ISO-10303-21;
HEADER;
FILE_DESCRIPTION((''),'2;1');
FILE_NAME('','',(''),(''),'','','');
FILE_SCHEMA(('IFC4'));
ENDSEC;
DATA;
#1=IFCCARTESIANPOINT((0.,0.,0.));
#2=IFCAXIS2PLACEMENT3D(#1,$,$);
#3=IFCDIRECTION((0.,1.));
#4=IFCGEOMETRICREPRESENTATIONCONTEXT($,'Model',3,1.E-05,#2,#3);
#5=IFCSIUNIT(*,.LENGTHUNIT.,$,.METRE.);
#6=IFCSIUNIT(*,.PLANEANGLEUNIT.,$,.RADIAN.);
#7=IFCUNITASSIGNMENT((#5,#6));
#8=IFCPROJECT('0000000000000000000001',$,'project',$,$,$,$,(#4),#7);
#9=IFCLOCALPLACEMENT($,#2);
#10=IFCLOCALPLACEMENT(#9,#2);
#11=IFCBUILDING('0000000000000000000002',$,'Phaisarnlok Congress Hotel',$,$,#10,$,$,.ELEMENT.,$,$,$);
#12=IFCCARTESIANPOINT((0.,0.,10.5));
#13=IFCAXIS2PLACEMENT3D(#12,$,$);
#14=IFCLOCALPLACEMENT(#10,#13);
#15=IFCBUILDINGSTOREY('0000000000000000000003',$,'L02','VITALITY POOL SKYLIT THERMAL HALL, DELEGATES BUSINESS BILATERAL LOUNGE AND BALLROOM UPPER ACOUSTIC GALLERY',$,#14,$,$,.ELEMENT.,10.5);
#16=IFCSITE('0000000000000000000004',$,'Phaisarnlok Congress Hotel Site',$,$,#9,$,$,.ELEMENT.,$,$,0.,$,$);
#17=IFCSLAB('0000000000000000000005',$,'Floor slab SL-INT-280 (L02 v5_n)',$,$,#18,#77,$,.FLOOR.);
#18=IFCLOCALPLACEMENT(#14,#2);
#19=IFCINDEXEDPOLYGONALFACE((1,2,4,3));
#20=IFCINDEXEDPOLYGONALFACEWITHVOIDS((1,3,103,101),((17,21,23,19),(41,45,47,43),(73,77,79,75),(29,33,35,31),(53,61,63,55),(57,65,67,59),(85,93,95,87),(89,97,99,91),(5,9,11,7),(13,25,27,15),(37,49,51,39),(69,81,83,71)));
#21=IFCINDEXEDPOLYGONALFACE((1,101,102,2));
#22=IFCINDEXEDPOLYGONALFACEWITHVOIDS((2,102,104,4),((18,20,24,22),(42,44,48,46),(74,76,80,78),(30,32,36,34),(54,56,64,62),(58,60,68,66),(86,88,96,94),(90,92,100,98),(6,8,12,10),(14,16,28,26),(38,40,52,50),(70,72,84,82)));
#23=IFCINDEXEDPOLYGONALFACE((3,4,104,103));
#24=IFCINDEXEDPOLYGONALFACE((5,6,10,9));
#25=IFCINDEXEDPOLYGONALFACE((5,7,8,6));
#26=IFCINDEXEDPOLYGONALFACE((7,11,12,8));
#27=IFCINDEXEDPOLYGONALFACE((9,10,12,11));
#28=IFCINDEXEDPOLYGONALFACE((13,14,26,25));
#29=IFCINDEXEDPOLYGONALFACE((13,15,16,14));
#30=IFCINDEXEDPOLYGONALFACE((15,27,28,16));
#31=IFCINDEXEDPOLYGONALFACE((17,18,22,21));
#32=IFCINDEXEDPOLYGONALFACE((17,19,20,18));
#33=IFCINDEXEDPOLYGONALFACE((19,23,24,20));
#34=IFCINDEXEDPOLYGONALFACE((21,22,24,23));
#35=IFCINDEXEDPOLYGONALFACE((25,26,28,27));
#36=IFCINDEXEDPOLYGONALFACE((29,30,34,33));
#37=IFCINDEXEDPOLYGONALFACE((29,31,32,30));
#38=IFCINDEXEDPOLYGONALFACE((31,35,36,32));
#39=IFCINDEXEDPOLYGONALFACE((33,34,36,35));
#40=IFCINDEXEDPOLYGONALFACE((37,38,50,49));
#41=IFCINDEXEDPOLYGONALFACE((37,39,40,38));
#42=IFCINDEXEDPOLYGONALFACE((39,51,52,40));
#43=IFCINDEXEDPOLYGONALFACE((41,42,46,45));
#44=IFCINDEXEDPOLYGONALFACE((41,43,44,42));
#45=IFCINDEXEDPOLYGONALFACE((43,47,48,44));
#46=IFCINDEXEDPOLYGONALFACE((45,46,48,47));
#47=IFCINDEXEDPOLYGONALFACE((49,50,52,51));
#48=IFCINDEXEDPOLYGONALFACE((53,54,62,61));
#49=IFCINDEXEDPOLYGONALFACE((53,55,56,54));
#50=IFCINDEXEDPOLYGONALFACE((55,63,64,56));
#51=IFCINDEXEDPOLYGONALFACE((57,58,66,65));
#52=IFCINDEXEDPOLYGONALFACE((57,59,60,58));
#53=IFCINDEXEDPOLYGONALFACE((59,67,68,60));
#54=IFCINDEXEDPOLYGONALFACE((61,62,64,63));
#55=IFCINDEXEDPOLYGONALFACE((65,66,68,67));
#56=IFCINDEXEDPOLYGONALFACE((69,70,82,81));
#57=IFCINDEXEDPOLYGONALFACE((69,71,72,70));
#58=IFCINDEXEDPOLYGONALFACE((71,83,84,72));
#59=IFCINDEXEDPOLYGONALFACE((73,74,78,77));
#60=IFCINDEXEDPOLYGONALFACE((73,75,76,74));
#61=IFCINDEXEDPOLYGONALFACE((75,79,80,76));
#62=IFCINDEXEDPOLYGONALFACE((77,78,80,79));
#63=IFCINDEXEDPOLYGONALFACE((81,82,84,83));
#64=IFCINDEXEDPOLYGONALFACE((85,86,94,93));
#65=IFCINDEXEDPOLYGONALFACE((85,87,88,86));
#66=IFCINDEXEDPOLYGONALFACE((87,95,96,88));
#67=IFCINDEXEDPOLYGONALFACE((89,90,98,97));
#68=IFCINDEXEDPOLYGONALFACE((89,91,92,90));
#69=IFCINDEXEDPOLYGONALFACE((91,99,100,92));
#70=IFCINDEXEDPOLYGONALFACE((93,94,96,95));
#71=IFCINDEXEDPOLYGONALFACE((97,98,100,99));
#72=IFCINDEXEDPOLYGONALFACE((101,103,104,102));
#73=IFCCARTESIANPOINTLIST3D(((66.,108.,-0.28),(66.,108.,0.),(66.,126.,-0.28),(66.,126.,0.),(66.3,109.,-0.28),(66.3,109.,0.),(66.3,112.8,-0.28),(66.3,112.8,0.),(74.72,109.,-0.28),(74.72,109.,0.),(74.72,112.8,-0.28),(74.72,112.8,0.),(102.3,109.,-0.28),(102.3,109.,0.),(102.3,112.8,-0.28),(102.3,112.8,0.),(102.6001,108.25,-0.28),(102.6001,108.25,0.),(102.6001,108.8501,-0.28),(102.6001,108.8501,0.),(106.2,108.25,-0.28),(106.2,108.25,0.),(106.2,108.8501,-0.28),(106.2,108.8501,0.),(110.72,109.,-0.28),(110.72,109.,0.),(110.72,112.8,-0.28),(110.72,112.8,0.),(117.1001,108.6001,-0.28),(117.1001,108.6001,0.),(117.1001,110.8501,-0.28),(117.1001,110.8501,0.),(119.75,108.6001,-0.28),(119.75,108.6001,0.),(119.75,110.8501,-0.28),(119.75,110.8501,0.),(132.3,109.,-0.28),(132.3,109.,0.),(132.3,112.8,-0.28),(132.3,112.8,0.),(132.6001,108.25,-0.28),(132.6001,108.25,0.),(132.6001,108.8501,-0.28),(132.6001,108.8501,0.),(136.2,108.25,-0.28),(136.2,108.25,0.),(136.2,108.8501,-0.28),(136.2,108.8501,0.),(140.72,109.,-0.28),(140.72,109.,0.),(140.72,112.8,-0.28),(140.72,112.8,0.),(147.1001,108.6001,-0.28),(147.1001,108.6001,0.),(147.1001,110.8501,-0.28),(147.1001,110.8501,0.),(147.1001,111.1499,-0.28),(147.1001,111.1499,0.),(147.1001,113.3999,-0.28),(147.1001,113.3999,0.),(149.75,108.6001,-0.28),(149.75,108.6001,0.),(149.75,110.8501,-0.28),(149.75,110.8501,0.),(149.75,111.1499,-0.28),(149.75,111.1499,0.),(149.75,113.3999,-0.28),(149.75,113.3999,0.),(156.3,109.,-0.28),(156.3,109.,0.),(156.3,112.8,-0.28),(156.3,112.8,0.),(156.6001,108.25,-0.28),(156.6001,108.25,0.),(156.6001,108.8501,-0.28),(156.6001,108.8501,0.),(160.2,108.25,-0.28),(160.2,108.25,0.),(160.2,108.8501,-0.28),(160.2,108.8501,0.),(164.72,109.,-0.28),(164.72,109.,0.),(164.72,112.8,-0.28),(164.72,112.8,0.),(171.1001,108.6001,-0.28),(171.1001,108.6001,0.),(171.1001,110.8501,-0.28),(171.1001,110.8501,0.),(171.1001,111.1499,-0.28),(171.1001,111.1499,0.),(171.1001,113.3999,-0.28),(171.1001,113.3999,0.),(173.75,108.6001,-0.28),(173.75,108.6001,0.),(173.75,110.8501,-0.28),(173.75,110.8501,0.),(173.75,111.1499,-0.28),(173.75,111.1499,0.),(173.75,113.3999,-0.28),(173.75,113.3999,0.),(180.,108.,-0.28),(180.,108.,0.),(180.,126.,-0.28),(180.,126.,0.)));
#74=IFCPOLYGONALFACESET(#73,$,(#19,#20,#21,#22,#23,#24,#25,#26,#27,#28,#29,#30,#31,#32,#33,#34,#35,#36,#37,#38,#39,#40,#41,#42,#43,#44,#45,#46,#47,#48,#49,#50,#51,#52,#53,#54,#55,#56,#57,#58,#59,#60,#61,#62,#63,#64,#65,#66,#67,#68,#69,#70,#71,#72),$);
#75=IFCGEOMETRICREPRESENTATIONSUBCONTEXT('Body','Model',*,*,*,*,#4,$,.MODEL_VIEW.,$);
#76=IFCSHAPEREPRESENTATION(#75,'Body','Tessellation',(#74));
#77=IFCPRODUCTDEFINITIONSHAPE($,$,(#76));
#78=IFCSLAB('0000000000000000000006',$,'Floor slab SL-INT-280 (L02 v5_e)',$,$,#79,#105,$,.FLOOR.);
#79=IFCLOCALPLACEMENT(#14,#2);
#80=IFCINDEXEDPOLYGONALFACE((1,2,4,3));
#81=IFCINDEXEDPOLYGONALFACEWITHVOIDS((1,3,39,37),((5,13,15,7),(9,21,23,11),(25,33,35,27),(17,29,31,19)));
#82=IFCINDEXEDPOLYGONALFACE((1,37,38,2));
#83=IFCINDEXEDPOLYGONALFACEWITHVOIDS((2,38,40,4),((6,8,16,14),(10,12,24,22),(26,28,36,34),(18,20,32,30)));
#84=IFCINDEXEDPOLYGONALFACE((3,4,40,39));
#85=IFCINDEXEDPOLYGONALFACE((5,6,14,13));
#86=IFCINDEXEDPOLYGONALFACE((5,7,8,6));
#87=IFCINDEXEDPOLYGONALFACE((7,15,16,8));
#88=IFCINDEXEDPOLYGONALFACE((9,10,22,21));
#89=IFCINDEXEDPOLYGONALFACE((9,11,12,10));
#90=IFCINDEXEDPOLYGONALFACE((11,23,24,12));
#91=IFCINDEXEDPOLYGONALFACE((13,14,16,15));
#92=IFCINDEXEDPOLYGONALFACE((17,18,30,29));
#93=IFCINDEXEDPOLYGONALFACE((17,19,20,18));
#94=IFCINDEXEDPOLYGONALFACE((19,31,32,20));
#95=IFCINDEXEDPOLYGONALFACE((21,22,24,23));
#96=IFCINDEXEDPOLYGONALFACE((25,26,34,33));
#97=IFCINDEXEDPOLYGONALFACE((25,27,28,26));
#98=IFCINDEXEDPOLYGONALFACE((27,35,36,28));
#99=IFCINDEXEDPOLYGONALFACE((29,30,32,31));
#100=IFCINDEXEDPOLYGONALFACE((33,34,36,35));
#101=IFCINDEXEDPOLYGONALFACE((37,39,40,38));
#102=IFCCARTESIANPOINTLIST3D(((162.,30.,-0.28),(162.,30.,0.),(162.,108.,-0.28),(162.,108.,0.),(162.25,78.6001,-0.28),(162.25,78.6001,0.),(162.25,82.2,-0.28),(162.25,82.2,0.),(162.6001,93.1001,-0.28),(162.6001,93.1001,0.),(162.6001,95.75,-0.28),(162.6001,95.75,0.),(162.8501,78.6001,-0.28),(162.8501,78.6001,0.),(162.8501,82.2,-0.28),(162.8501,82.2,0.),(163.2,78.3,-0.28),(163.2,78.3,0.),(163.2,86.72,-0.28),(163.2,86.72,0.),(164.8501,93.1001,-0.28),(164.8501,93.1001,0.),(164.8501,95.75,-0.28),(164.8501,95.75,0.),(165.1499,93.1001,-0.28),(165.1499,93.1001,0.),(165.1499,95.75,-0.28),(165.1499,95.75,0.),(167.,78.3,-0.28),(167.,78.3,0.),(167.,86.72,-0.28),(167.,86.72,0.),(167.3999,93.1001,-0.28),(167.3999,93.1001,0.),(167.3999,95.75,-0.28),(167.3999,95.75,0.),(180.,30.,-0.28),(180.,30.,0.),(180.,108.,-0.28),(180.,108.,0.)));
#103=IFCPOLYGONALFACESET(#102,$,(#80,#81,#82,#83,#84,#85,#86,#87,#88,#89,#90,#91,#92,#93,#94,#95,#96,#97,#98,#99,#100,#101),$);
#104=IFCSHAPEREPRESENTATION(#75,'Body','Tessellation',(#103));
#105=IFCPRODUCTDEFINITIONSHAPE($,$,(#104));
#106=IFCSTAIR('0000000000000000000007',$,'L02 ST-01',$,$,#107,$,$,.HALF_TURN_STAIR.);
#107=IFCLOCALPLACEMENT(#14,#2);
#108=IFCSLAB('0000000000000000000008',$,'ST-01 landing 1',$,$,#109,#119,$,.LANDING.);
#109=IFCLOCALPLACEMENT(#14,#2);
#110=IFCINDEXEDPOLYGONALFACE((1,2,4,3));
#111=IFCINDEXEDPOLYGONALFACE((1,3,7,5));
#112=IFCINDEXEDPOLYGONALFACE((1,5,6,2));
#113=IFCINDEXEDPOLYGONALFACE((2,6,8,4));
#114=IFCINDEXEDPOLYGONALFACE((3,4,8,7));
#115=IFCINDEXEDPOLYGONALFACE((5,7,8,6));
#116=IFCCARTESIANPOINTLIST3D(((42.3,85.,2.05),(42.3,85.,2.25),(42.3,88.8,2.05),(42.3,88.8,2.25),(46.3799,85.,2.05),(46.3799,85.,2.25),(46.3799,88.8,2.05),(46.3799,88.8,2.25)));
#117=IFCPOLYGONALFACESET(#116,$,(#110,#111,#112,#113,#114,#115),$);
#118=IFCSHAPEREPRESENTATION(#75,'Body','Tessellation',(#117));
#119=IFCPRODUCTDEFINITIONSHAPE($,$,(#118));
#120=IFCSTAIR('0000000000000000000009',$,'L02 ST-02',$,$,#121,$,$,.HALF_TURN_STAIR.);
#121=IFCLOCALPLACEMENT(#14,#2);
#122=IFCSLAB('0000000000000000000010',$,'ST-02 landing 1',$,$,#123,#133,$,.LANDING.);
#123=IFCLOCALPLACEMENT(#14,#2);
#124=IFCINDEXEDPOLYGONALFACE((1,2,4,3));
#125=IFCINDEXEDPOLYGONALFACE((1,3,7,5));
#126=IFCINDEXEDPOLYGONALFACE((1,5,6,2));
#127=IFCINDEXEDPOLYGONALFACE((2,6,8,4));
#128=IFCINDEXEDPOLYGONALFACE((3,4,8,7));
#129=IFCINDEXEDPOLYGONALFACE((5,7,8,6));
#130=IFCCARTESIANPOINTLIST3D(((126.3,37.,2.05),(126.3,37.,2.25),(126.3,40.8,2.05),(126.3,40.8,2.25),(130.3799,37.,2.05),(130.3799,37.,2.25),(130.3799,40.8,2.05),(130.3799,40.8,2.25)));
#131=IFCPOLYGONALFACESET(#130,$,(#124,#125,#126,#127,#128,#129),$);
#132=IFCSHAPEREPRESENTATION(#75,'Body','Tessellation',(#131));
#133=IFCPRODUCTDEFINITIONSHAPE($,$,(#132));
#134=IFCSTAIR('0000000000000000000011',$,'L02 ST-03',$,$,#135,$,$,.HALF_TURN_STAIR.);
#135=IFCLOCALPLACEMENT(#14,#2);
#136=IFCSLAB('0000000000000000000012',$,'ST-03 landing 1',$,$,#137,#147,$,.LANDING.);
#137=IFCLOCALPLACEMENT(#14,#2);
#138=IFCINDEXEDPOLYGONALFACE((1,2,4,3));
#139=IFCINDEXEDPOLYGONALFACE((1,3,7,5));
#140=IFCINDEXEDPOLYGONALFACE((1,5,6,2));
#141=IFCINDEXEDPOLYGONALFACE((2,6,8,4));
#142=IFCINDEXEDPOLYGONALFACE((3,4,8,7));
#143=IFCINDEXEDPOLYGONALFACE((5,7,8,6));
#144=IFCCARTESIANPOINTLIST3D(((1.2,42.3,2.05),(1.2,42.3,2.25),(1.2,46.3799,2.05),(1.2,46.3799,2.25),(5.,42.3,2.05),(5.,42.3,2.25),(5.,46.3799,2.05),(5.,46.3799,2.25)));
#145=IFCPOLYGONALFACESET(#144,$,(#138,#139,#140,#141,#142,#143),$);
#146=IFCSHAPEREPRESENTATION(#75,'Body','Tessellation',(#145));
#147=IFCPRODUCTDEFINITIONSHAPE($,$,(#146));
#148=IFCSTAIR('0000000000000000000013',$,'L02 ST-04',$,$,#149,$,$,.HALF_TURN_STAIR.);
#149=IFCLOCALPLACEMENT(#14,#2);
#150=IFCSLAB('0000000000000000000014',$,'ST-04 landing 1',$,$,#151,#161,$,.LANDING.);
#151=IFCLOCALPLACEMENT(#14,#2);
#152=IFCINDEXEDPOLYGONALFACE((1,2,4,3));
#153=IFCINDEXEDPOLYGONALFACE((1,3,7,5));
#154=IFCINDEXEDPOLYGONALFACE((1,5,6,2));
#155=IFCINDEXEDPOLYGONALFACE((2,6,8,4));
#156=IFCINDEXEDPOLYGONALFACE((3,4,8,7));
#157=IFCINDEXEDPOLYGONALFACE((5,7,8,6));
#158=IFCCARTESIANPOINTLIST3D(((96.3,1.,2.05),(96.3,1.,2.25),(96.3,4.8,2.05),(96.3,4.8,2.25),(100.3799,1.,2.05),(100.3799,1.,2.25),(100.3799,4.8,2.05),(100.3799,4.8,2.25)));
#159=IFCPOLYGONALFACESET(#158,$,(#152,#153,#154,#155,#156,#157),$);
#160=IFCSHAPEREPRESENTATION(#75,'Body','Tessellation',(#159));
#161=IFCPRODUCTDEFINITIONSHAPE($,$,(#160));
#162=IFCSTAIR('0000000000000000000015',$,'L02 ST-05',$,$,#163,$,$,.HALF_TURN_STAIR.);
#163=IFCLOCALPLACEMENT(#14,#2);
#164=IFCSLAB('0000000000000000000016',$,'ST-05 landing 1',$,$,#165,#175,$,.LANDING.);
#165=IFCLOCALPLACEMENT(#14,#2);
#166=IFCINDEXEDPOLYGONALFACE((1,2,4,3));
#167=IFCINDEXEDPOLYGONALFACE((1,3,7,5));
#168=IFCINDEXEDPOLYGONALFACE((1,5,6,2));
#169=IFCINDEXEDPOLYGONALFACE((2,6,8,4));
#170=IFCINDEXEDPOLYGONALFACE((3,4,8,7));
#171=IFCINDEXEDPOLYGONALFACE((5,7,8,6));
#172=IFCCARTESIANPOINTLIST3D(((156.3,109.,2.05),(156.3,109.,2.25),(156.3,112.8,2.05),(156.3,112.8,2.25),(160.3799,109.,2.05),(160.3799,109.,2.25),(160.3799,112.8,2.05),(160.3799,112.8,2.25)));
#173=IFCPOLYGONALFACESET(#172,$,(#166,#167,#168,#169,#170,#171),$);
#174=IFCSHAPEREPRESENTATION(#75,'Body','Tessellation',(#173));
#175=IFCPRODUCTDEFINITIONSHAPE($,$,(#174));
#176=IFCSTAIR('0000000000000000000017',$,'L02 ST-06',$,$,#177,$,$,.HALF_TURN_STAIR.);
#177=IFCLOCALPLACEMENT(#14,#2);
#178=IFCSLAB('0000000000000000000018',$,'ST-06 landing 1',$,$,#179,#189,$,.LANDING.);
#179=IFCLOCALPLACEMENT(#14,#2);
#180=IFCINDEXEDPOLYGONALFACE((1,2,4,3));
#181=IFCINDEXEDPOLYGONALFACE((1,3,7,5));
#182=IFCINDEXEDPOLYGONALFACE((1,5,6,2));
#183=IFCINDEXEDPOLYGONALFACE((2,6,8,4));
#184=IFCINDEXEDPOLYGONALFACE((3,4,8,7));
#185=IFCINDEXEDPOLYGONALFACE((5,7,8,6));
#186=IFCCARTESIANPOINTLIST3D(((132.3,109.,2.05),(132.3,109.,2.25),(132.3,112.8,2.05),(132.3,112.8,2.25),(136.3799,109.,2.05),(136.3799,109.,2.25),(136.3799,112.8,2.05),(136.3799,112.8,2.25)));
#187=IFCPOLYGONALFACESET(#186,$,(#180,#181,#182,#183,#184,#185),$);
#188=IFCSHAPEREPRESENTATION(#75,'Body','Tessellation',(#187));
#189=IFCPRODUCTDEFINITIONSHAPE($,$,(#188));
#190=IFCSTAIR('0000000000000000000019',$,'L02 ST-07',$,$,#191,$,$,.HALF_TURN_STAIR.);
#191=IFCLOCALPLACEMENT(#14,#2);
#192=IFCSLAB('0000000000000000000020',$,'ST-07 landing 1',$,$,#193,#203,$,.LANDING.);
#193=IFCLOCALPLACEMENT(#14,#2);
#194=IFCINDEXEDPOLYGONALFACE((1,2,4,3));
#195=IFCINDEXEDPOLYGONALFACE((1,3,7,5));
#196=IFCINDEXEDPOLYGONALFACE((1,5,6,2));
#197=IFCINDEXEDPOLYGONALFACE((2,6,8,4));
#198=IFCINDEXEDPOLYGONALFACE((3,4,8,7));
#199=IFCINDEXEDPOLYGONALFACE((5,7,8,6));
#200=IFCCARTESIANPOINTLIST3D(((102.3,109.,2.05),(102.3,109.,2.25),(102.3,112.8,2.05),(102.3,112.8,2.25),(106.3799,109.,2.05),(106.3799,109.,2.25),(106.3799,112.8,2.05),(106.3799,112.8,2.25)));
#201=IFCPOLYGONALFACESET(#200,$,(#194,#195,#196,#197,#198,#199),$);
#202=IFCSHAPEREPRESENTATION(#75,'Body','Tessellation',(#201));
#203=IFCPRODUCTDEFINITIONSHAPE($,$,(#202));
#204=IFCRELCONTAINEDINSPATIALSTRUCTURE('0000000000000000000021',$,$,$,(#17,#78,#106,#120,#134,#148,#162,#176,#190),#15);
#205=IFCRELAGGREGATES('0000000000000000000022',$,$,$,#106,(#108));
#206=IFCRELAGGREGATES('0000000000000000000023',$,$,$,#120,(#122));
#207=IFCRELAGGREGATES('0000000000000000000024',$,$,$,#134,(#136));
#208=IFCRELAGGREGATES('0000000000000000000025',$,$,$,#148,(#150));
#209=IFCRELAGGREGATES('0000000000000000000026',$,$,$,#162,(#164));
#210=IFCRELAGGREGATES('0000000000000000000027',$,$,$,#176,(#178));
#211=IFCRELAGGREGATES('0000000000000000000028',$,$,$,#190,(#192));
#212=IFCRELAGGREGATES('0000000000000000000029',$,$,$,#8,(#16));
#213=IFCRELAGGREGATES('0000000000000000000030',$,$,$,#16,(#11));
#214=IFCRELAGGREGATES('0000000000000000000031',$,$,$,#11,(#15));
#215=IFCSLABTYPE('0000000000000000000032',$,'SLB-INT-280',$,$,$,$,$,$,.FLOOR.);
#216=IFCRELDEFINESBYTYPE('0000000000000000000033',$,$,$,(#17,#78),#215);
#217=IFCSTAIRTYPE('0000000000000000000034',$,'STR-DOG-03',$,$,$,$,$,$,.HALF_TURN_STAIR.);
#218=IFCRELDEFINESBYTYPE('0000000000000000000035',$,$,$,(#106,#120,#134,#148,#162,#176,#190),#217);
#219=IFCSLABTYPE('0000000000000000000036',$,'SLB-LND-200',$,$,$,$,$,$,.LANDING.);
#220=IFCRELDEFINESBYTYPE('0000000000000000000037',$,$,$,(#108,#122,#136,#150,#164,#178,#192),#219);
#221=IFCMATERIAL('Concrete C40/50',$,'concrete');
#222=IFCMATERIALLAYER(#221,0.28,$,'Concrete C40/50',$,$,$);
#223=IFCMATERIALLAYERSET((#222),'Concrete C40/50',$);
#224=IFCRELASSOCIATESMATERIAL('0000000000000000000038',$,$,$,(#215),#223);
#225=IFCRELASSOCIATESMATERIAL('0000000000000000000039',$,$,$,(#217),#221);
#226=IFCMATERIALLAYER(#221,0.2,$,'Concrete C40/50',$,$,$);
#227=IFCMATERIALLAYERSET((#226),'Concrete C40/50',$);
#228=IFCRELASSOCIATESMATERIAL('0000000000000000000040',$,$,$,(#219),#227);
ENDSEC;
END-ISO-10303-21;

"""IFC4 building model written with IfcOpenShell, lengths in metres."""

from ifc_helpers import new_model, si_unit, direction, frame, origin, place, context, subcontext, project, spatial, polyline, outline, extrude, material, layer, layer_set, type_object, element, aggregate, save


model = new_model("IFC4")

# Units and contexts
model_context = context("Model", 3, precision=1e-05, world=origin(), true_north=direction((0.0, 1.0)))
body_context = subcontext(model_context, "Body", "Model", "MODEL_VIEW")
ifc_project = project(units=[si_unit("LENGTHUNIT", "METRE"), si_unit("PLANEANGLEUNIT", "RADIAN")], contexts=[model_context])

# Site, building, storey
site_placement = place(None, origin())
site = spatial("IfcSite", under=ifc_project, at=site_placement, Name="Phaisarnlok Congress Hotel Site", CompositionType="ELEMENT", RefElevation=0.0)
building_placement = place(site_placement, origin())
building = spatial("IfcBuilding", under=site, at=building_placement, Name="Phaisarnlok Congress Hotel", CompositionType="ELEMENT")
storey_placement = place(building_placement, frame((0.0, 0.0, 10.5)))
storey = spatial("IfcBuildingStorey", under=building, at=storey_placement, Name="L02", Description="VITALITY POOL SKYLIT THERMAL HALL, DELEGATES BUSINESS BILATERAL LOUNGE AND BALLROOM UPPER ACOUSTIC GALLERY", CompositionType="ELEMENT", Elevation=10.5)

# Slabs
ifc_material_1 = material(Name="Concrete C40/50", Category="concrete")
ifc_layer_1 = layer(ifc_material_1, 0.28, Name="Concrete C40/50")
ifc_layer_set_1 = layer_set([ifc_layer_1], Name="Concrete C40/50")
slab_type_1 = type_object("IfcSlabType", Name="SLB-INT-280", PredefinedType="FLOOR", material=ifc_layer_set_1)
slab_1_placement = place(storey_placement, frame((0.0, 0.0, -0.28)))
element("IfcSlab", 1, at=slab_1_placement, inside=storey, type_object=slab_type_1, Name="Floor slab SL-INT-280 (L02 v5_n)", PredefinedType="FLOOR", context=body_context, shape_type="SweptSolid", body=[
    extrude(outline(polyline([(180.0, 108.0), (180.0, 126.0), (66.0, 126.0), (66.0, 108.0), (180.0, 108.0)]), holes=[polyline([(164.72, 112.8), (156.3, 112.8), (156.3, 109.0), (164.72, 109.0), (164.72, 112.8)]), polyline([(140.72, 112.8), (132.3, 112.8), (132.3, 109.0), (140.72, 109.0), (140.72, 112.8)]), polyline([(110.72, 112.8), (102.3, 112.8), (102.3, 109.0), (110.72, 109.0), (110.72, 112.8)]), polyline([(74.72, 112.8), (66.3, 112.8), (66.3, 109.0), (74.72, 109.0), (74.72, 112.8)]), polyline([(173.75, 108.6001), (173.75, 110.8501), (171.1001, 110.8501), (171.1001, 108.6001), (173.75, 108.6001)]), polyline([(173.75, 111.1499), (173.75, 113.3999), (171.1001, 113.3999), (171.1001, 111.1499), (173.75, 111.1499)]), polyline([(160.2, 108.25), (160.2, 108.8501), (156.6001, 108.8501), (156.6001, 108.25), (160.2, 108.25)]), polyline([(149.75, 108.6001), (149.75, 110.8501), (147.1001, 110.8501), (147.1001, 108.6001), (149.75, 108.6001)]), polyline([(149.75, 111.1499), (149.75, 113.3999), (147.1001, 113.3999), (147.1001, 111.1499), (149.75, 111.1499)]), polyline([(136.2, 108.25), (136.2, 108.8501), (132.6001, 108.8501), (132.6001, 108.25), (136.2, 108.25)]), polyline([(119.75, 108.6001), (119.75, 110.8501), (117.1001, 110.8501), (117.1001, 108.6001), (119.75, 108.6001)]), polyline([(106.2, 108.25), (106.2, 108.8501), (102.6001, 108.8501), (102.6001, 108.25), (106.2, 108.25)])]), origin(), (0.0, 0.0, 1.0), 0.28),
])
slab_2_placement = place(storey_placement, frame((0.0, 0.0, -0.28)))
element("IfcSlab", 2, at=slab_2_placement, inside=storey, type_object=slab_type_1, Name="Floor slab SL-INT-280 (L02 v5_e)", PredefinedType="FLOOR", context=body_context, shape_type="SweptSolid", body=[
    extrude(outline(polyline([(180.0, 30.0), (180.0, 108.0), (162.0, 108.0), (162.0, 30.0), (180.0, 30.0)]), holes=[polyline([(163.2, 86.72), (163.2, 78.3), (167.0, 78.3), (167.0, 86.72), (163.2, 86.72)]), polyline([(164.8501, 93.1001), (164.8501, 95.75), (162.6001, 95.75), (162.6001, 93.1001), (164.8501, 93.1001)]), polyline([(167.3999, 93.1001), (167.3999, 95.75), (165.1499, 95.75), (165.1499, 93.1001), (167.3999, 93.1001)]), polyline([(162.8501, 78.6001), (162.8501, 82.2), (162.25, 82.2), (162.25, 78.6001), (162.8501, 78.6001)])]), origin(), (0.0, 0.0, 1.0), 0.28),
])

# Stairs, slabs
stair_type = type_object("IfcStairType", Name="STR-DOG-03", PredefinedType="HALF_TURN_STAIR", material=ifc_material_1)
stair_1_placement = place(storey_placement, origin())
stair_1 = element("IfcStair", 3, at=stair_1_placement, inside=storey, type_object=stair_type, Name="L02 ST-01", PredefinedType="HALF_TURN_STAIR")
ifc_layer_2 = layer(ifc_material_1, 0.2, Name="Concrete C40/50")
ifc_layer_set_2 = layer_set([ifc_layer_2], Name="Concrete C40/50")
slab_type_2 = type_object("IfcSlabType", Name="SLB-LND-200", PredefinedType="LANDING", material=ifc_layer_set_2)
slab_3_placement = place(storey_placement, frame((0.0, 0.0, 2.05)))
slab_3 = element("IfcSlab", 4, at=slab_3_placement, type_object=slab_type_2, Name="ST-01 landing 1", PredefinedType="LANDING", context=body_context, shape_type="SweptSolid", body=[
    extrude(outline(polyline([(46.3799, 88.8), (42.3, 88.8), (42.3, 85.0), (46.3799, 85.0), (46.3799, 88.8)])), origin(), (0.0, 0.0, 1.0), 0.2),
])
aggregate(stair_1, [slab_3])
stair_2_placement = place(storey_placement, origin())
stair_2 = element("IfcStair", 5, at=stair_2_placement, inside=storey, type_object=stair_type, Name="L02 ST-02", PredefinedType="HALF_TURN_STAIR")
slab_4_placement = place(storey_placement, frame((0.0, 0.0, 2.05)))
slab_4 = element("IfcSlab", 6, at=slab_4_placement, type_object=slab_type_2, Name="ST-02 landing 1", PredefinedType="LANDING", context=body_context, shape_type="SweptSolid", body=[
    extrude(outline(polyline([(130.3799, 40.8), (126.3, 40.8), (126.3, 37.0), (130.3799, 37.0), (130.3799, 40.8)])), origin(), (0.0, 0.0, 1.0), 0.2),
])
aggregate(stair_2, [slab_4])
stair_3_placement = place(storey_placement, origin())
stair_3 = element("IfcStair", 7, at=stair_3_placement, inside=storey, type_object=stair_type, Name="L02 ST-03", PredefinedType="HALF_TURN_STAIR")
slab_5_placement = place(storey_placement, frame((0.0, 0.0, 2.05)))
slab_5 = element("IfcSlab", 8, at=slab_5_placement, type_object=slab_type_2, Name="ST-03 landing 1", PredefinedType="LANDING", context=body_context, shape_type="SweptSolid", body=[
    extrude(outline(polyline([(1.2, 46.3799), (1.2, 42.3), (5.0, 42.3), (5.0, 46.3799), (1.2, 46.3799)])), origin(), (0.0, 0.0, 1.0), 0.2),
])
aggregate(stair_3, [slab_5])
stair_4_placement = place(storey_placement, origin())
stair_4 = element("IfcStair", 9, at=stair_4_placement, inside=storey, type_object=stair_type, Name="L02 ST-04", PredefinedType="HALF_TURN_STAIR")
slab_6_placement = place(storey_placement, frame((0.0, 0.0, 2.05)))
slab_6 = element("IfcSlab", 10, at=slab_6_placement, type_object=slab_type_2, Name="ST-04 landing 1", PredefinedType="LANDING", context=body_context, shape_type="SweptSolid", body=[
    extrude(outline(polyline([(100.3799, 4.8), (96.3, 4.8), (96.3, 1.0), (100.3799, 1.0), (100.3799, 4.8)])), origin(), (0.0, 0.0, 1.0), 0.2),
])
aggregate(stair_4, [slab_6])
stair_5_placement = place(storey_placement, origin())
stair_5 = element("IfcStair", 11, at=stair_5_placement, inside=storey, type_object=stair_type, Name="L02 ST-05", PredefinedType="HALF_TURN_STAIR")
slab_7_placement = place(storey_placement, frame((0.0, 0.0, 2.05)))
slab_7 = element("IfcSlab", 12, at=slab_7_placement, type_object=slab_type_2, Name="ST-05 landing 1", PredefinedType="LANDING", context=body_context, shape_type="SweptSolid", body=[
    extrude(outline(polyline([(160.3799, 112.8), (156.3, 112.8), (156.3, 109.0), (160.3799, 109.0), (160.3799, 112.8)])), origin(), (0.0, 0.0, 1.0), 0.2),
])
aggregate(stair_5, [slab_7])
stair_6_placement = place(storey_placement, origin())
stair_6 = element("IfcStair", 13, at=stair_6_placement, inside=storey, type_object=stair_type, Name="L02 ST-06", PredefinedType="HALF_TURN_STAIR")
slab_8_placement = place(storey_placement, frame((0.0, 0.0, 2.05)))
slab_8 = element("IfcSlab", 14, at=slab_8_placement, type_object=slab_type_2, Name="ST-06 landing 1", PredefinedType="LANDING", context=body_context, shape_type="SweptSolid", body=[
    extrude(outline(polyline([(136.3799, 112.8), (132.3, 112.8), (132.3, 109.0), (136.3799, 109.0), (136.3799, 112.8)])), origin(), (0.0, 0.0, 1.0), 0.2),
])
aggregate(stair_6, [slab_8])
stair_7_placement = place(storey_placement, origin())
stair_7 = element("IfcStair", 15, at=stair_7_placement, inside=storey, type_object=stair_type, Name="L02 ST-07", PredefinedType="HALF_TURN_STAIR")
slab_9_placement = place(storey_placement, frame((0.0, 0.0, 2.05)))
slab_9 = element("IfcSlab", 16, at=slab_9_placement, type_object=slab_type_2, Name="ST-07 landing 1", PredefinedType="LANDING", context=body_context, shape_type="SweptSolid", body=[
    extrude(outline(polyline([(106.3799, 112.8), (102.3, 112.8), (102.3, 109.0), (106.3799, 109.0), (106.3799, 112.8)])), origin(), (0.0, 0.0, 1.0), 0.2),
])
aggregate(stair_7, [slab_9])

save(model, "model.ifc")
